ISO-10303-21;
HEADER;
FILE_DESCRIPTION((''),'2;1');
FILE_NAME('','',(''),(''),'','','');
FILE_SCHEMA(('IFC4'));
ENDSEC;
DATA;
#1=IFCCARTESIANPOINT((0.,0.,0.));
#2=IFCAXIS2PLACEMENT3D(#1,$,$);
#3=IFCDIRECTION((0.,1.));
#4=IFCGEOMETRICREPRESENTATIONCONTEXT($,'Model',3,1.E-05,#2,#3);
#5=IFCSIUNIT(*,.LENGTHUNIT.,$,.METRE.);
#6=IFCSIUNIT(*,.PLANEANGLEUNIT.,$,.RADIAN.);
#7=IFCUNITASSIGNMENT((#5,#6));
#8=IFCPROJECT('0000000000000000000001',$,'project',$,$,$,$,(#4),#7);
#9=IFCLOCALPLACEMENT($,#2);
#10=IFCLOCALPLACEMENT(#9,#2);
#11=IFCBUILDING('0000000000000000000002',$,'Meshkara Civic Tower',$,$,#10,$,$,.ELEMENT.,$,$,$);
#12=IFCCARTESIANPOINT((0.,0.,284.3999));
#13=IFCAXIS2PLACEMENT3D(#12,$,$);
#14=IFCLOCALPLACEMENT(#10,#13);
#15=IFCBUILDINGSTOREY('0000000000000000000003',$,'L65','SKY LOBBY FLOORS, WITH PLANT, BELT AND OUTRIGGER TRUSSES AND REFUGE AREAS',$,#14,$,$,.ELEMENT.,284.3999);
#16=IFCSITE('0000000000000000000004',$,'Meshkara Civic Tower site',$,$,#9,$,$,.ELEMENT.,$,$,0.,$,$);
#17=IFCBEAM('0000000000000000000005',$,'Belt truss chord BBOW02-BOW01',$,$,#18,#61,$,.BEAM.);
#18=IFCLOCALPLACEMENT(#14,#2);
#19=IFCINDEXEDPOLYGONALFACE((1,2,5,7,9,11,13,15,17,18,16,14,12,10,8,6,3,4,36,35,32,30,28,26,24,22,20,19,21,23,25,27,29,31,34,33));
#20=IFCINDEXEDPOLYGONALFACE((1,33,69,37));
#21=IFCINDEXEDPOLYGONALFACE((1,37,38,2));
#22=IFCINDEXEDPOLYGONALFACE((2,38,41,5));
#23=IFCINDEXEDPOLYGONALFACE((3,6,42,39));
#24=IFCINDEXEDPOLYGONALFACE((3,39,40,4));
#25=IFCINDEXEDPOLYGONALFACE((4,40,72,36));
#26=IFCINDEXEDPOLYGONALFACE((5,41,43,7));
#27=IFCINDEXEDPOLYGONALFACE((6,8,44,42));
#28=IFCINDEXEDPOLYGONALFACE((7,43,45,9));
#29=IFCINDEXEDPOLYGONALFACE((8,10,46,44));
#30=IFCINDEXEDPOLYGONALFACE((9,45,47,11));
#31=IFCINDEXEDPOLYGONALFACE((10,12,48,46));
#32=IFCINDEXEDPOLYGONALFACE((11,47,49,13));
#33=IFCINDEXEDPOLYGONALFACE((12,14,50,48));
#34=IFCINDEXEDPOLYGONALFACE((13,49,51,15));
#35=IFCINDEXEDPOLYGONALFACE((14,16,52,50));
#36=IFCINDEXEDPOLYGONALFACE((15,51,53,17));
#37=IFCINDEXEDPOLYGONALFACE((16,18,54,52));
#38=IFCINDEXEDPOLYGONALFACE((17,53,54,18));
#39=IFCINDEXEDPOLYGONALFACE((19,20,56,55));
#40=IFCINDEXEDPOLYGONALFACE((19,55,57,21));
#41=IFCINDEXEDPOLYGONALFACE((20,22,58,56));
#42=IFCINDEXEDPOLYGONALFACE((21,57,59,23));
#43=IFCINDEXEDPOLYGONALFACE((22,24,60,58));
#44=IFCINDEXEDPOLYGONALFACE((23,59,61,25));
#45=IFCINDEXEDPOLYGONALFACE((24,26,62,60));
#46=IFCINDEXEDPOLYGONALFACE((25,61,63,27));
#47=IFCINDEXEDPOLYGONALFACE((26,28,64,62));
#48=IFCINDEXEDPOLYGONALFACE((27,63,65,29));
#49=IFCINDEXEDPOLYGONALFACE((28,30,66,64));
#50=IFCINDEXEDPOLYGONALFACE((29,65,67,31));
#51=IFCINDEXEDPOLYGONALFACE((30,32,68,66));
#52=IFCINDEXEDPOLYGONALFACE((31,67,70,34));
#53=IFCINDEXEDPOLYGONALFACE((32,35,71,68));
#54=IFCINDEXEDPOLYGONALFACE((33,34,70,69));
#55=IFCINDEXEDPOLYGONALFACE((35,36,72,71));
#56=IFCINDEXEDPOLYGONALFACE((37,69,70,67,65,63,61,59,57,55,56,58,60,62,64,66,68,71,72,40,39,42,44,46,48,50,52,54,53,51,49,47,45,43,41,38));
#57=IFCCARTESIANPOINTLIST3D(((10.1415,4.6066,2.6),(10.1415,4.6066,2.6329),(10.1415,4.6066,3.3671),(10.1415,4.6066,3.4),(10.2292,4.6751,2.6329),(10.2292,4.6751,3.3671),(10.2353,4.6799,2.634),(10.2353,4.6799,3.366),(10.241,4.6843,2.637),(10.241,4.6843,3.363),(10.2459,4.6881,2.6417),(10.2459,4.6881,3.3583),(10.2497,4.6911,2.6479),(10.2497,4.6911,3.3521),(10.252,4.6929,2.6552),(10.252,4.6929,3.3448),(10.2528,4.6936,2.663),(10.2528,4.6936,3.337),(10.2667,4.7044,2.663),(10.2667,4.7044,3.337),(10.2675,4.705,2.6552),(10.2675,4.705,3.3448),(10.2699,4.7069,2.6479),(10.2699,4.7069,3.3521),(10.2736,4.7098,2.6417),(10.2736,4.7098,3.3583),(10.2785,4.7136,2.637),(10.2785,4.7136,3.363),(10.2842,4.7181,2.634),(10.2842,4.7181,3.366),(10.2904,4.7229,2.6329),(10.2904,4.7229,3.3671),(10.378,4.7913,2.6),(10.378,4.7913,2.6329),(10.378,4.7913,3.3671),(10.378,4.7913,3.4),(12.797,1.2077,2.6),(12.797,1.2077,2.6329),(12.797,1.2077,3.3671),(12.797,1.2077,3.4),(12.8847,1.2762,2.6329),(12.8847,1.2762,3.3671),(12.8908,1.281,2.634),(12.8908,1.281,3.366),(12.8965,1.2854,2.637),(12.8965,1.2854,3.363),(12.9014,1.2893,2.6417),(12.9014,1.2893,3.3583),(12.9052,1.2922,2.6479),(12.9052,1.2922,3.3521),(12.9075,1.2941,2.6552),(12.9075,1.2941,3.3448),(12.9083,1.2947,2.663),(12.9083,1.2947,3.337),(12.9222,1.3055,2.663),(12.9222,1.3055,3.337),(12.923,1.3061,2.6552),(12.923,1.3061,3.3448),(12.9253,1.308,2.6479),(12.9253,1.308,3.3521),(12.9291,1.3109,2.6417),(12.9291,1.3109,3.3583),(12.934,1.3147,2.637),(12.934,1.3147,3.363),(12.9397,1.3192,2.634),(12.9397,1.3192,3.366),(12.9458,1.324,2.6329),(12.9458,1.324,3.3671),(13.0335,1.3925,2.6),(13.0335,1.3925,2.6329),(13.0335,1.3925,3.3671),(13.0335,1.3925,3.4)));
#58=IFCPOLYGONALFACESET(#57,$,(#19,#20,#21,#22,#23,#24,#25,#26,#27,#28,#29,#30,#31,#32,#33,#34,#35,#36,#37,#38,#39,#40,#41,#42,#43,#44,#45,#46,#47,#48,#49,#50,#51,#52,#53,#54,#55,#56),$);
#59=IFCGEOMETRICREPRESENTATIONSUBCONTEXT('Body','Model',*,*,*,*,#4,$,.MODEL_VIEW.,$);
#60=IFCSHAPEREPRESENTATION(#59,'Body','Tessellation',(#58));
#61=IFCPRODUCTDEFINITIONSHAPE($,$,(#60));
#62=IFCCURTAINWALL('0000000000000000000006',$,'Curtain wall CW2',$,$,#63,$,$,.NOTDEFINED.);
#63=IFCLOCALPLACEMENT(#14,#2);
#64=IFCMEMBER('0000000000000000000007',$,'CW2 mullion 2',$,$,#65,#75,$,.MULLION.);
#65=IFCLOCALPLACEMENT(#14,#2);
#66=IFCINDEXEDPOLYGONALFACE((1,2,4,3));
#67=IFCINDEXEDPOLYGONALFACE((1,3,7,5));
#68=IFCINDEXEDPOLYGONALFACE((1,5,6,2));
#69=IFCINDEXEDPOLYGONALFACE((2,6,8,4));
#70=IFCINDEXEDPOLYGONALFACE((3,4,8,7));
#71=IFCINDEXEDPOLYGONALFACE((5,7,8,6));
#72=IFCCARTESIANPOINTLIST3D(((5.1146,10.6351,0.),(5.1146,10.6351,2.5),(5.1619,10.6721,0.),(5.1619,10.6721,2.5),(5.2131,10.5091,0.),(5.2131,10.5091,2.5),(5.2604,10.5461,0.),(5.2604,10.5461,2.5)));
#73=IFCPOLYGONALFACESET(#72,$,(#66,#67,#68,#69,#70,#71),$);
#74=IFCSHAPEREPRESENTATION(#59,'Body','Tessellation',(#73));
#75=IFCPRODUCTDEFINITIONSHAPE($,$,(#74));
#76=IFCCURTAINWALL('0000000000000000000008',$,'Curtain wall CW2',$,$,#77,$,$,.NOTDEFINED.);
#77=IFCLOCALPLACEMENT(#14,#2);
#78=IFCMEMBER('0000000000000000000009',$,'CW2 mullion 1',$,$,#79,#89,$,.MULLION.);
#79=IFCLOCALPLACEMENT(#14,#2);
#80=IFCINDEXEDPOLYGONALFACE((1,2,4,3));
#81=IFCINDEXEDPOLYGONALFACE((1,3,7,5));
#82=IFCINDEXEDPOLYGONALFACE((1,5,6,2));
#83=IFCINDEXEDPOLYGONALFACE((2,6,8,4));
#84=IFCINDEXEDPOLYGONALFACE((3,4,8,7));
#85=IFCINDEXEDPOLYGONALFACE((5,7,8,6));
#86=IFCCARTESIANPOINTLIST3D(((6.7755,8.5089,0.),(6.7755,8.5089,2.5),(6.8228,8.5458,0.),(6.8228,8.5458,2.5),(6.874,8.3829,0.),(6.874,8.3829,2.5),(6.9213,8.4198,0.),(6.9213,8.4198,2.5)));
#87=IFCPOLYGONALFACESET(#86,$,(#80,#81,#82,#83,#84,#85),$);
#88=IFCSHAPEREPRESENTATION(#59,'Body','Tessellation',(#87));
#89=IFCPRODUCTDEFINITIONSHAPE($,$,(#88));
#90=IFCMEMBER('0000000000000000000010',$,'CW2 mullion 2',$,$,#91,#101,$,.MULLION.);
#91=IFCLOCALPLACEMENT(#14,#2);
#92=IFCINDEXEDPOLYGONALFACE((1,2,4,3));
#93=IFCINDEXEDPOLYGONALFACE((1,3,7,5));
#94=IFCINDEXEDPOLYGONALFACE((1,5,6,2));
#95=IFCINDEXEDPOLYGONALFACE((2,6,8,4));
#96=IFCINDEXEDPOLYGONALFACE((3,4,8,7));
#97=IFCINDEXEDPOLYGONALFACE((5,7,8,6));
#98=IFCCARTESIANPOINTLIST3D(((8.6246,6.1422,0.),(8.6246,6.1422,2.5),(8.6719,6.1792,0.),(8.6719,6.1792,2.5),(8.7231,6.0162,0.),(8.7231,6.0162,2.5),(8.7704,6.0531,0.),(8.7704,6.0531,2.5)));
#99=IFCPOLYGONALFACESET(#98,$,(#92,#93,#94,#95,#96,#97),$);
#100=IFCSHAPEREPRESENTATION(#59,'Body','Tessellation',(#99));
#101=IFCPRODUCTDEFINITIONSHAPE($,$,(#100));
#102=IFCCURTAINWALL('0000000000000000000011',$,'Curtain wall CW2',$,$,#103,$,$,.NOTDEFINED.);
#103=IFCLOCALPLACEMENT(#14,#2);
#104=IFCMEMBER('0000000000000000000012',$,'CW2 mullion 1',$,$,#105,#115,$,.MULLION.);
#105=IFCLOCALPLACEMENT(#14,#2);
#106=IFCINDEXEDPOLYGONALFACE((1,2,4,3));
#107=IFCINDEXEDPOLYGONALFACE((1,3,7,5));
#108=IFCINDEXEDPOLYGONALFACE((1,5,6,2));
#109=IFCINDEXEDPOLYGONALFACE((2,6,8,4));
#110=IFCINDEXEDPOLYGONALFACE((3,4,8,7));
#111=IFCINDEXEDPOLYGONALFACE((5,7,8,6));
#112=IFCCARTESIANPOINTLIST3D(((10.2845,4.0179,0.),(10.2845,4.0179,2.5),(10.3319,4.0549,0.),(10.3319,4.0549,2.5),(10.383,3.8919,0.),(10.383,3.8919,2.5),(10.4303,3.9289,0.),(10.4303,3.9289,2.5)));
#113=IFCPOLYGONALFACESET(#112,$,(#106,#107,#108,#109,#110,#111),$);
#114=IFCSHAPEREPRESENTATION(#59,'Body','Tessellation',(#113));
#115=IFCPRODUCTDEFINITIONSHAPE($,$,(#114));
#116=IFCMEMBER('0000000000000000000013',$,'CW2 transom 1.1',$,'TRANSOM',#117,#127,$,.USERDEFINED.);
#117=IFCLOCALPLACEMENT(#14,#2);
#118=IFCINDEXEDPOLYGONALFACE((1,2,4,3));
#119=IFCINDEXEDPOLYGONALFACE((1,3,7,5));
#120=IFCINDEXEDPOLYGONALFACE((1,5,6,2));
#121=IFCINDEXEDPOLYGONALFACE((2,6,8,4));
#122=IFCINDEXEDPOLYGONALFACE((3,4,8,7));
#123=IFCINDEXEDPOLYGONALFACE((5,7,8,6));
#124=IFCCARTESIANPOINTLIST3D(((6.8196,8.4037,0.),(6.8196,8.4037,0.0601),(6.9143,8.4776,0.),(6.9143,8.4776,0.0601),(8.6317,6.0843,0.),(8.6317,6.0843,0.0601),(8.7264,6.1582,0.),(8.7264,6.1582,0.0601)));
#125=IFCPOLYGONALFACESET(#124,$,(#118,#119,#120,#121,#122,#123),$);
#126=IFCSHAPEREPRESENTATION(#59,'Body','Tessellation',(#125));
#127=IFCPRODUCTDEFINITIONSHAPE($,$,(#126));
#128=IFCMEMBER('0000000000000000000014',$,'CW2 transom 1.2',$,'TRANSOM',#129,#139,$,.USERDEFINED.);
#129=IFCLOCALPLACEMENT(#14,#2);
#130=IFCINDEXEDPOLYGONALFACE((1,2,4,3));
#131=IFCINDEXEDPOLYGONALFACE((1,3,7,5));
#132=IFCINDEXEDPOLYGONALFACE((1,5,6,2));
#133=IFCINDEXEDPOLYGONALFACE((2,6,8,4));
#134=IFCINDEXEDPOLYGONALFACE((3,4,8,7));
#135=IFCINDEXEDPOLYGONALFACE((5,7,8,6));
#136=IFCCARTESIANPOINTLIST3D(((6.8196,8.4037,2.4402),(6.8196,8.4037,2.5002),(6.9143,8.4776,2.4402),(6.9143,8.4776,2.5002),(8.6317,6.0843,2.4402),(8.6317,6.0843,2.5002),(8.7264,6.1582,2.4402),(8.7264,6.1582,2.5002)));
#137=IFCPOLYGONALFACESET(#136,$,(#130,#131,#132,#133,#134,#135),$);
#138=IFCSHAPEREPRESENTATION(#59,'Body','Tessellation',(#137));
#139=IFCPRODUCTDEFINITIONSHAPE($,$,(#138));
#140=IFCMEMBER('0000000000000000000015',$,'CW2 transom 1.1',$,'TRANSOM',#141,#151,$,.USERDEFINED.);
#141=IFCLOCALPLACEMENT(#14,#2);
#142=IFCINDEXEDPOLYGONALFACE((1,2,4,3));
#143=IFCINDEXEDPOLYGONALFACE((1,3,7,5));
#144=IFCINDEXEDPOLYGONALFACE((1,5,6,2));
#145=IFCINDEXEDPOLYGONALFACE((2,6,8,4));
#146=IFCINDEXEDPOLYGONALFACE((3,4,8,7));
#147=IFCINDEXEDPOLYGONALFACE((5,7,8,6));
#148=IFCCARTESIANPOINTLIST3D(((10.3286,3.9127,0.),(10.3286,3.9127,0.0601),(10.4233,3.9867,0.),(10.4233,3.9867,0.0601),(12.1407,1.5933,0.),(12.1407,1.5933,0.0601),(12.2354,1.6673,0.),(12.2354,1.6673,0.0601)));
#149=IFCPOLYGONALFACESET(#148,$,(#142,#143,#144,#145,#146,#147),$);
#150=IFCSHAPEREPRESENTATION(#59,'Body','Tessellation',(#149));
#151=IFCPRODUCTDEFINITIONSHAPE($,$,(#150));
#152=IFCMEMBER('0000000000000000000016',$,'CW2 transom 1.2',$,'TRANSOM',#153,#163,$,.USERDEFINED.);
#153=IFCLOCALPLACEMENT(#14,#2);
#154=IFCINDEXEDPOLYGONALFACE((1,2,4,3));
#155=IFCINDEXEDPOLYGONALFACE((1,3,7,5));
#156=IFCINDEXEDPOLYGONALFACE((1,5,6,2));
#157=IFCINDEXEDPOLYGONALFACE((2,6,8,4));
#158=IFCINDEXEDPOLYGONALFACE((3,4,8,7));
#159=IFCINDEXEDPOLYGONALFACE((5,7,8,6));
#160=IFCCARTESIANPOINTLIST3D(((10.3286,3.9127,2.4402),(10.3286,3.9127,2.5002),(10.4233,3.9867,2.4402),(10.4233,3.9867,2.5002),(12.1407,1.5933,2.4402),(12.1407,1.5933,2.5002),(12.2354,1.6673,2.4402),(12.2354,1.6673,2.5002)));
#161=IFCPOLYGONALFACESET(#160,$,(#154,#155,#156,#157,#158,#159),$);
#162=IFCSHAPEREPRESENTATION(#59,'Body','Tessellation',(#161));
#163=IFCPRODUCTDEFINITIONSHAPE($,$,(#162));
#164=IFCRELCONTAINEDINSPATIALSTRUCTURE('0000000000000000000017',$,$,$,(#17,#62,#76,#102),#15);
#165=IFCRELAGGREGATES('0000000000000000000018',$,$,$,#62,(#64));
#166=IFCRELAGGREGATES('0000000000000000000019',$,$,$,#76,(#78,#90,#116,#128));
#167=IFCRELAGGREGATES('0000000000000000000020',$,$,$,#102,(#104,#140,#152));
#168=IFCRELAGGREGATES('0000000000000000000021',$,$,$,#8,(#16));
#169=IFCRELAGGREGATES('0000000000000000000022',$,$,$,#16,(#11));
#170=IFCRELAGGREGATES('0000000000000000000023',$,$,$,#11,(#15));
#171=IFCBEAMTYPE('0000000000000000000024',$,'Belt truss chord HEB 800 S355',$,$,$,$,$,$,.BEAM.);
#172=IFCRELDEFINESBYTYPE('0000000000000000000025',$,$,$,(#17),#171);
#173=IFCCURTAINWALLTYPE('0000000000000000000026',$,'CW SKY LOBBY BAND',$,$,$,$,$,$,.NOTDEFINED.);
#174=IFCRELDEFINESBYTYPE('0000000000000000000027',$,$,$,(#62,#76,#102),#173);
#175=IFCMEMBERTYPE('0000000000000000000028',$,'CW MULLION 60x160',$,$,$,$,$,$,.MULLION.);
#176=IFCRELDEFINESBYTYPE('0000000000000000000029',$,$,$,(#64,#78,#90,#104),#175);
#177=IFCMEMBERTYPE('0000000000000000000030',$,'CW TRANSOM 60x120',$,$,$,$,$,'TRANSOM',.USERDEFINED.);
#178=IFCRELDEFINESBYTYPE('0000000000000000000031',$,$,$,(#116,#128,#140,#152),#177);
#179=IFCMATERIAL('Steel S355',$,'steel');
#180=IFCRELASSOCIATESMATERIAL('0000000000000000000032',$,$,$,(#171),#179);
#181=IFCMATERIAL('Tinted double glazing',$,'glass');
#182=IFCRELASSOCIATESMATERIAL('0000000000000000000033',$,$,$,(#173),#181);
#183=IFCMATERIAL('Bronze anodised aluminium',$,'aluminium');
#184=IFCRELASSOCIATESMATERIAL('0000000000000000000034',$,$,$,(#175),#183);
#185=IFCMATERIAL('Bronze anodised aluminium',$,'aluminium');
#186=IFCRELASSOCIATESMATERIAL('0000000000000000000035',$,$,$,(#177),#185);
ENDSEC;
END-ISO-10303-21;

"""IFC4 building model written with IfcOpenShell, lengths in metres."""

from ifc_helpers import new_model, si_unit, direction, frame, origin, origin_2d, place, context, subcontext, project, spatial, rectangle, i_section, extrude, material, material_profile, profile_set, type_object, element, aggregate, save


model = new_model("IFC4")

# Units and contexts
model_context = context("Model", 3, precision=1e-05, world=origin(), true_north=direction((0.0, 1.0)))
body_context = subcontext(model_context, "Body", "Model", "MODEL_VIEW")
ifc_project = project(units=[si_unit("LENGTHUNIT", "METRE"), si_unit("PLANEANGLEUNIT", "RADIAN")], contexts=[model_context])

# Site, building, storey
site_placement = place(None, origin())
site = spatial("IfcSite", under=ifc_project, at=site_placement, Name="Meshkara Civic Tower site", CompositionType="ELEMENT", RefElevation=0.0)
building_placement = place(site_placement, origin())
building = spatial("IfcBuilding", under=site, at=building_placement, Name="Meshkara Civic Tower", CompositionType="ELEMENT")
storey_placement = place(building_placement, frame((0.0, 0.0, 284.3999)))
storey = spatial("IfcBuildingStorey", under=building, at=storey_placement, Name="L65", Description="SKY LOBBY FLOORS, WITH PLANT, BELT AND OUTRIGGER TRUSSES AND REFUGE AREAS", CompositionType="ELEMENT", Elevation=284.3999)

# Beam
ifc_material_1 = material(Name="Steel S355", Category="steel")
ifc_material_profile_1 = material_profile(ifc_material_1, i_section(OverallWidth=0.3, OverallDepth=0.8, WebThickness=0.0176, FlangeThickness=0.033, FilletRadius=0.03, at=origin_2d()))
ifc_profile_set_1 = profile_set([ifc_material_profile_1], Name="Steel S355")
beam_type = type_object("IfcBeamType", Name="Belt truss chord HEB 800 S355", PredefinedType="BEAM", material=ifc_profile_set_1)
for number, where, z_axis, x_axis, name in (
    (1, (10.2598, 4.699, 3.0), (0.615659, -0.788012, 0.0), (0.788012, 0.615659, 0.0), "Belt truss chord BBOW02-BOW01"),
):
    element("IfcBeam", number, at=place(storey_placement, frame(where, z_axis=z_axis, x_axis=x_axis)), inside=storey, type_object=beam_type, Name=name, PredefinedType="BEAM", context=body_context, shape_type="SweptSolid", body=[
        extrude(i_section(OverallWidth=0.3, OverallDepth=0.8, WebThickness=0.0176, FlangeThickness=0.033, FilletRadius=0.03, at=origin_2d()), origin(), (0.0, 0.0, 1.0), 4.3132),
    ])

# Curtain wall, member
ifc_material_2 = material(Name="Tinted double glazing", Category="glass")
curtain_wall_type = type_object("IfcCurtainWallType", Name="CW SKY LOBBY BAND", PredefinedType="NOTDEFINED", material=ifc_material_2)
curtain_wall_1_placement = place(storey_placement, origin())
curtain_wall_1 = element("IfcCurtainWall", 2, at=curtain_wall_1_placement, inside=storey, type_object=curtain_wall_type, Name="Curtain wall CW2", PredefinedType="NOTDEFINED")
ifc_material_3 = material(Name="Bronze anodised aluminium", Category="aluminium")
ifc_material_profile_2 = material_profile(ifc_material_3, rectangle(XDim=0.0601, YDim=0.1599, at=origin_2d()))
ifc_profile_set_2 = profile_set([ifc_material_profile_2], Name="Bronze anodised aluminium")
member_type_1 = type_object("IfcMemberType", Name="CW MULLION 60x160", PredefinedType="MULLION", material=ifc_profile_set_2)
member_1_placement = place(storey_placement, frame((5.1875, 10.5906, 0.0), z_axis=(0.0, 0.0, 1.0), x_axis=(0.788014, 0.615657, 0.0)))
member_1 = element("IfcMember", 3, at=member_1_placement, type_object=member_type_1, Name="CW2 mullion 2", PredefinedType="MULLION", context=body_context, shape_type="SweptSolid", body=[
    extrude(rectangle(XDim=0.0601, YDim=0.1599, at=origin_2d()), origin(), (0.0, 0.0, 1.0), 2.5),
])
aggregate(curtain_wall_1, [member_1])

# Curtain wall, members
curtain_wall_2_placement = place(storey_placement, origin())
curtain_wall_2 = element("IfcCurtainWall", 4, at=curtain_wall_2_placement, inside=storey, type_object=curtain_wall_type, Name="Curtain wall CW2", PredefinedType="NOTDEFINED")
member_2_placement = place(storey_placement, frame((6.8484, 8.4644, 0.0), z_axis=(0.0, 0.0, 1.0), x_axis=(0.788014, 0.615657, 0.0)))
member_2 = element("IfcMember", 5, at=member_2_placement, type_object=member_type_1, Name="CW2 mullion 1", PredefinedType="MULLION", context=body_context, shape_type="SweptSolid", body=[
    extrude(rectangle(XDim=0.0601, YDim=0.1599, at=origin_2d()), origin(), (0.0, 0.0, 1.0), 2.5),
])
member_3_placement = place(storey_placement, frame((8.6975, 6.0977, 0.0), z_axis=(0.0, 0.0, 1.0), x_axis=(0.788014, 0.615657, 0.0)))
member_3 = element("IfcMember", 6, at=member_3_placement, type_object=member_type_1, Name="CW2 mullion 2", PredefinedType="MULLION", context=body_context, shape_type="SweptSolid", body=[
    extrude(rectangle(XDim=0.0601, YDim=0.1599, at=origin_2d()), origin(), (0.0, 0.0, 1.0), 2.5),
])

# Curtain wall, member
curtain_wall_3_placement = place(storey_placement, origin())
curtain_wall_3 = element("IfcCurtainWall", 7, at=curtain_wall_3_placement, inside=storey, type_object=curtain_wall_type, Name="Curtain wall CW2", PredefinedType="NOTDEFINED")
member_4_placement = place(storey_placement, frame((10.3574, 3.9734, 0.0), z_axis=(0.0, 0.0, 1.0), x_axis=(0.788014, 0.615657, 0.0)))
member_4 = element("IfcMember", 8, at=member_4_placement, type_object=member_type_1, Name="CW2 mullion 1", PredefinedType="MULLION", context=body_context, shape_type="SweptSolid", body=[
    extrude(rectangle(XDim=0.0601, YDim=0.1599, at=origin_2d()), origin(), (0.0, 0.0, 1.0), 2.5),
])

# Members
ifc_material_4 = material(Name="Bronze anodised aluminium", Category="aluminium")
ifc_material_profile_3 = material_profile(ifc_material_4, rectangle(XDim=0.1201, YDim=0.0601, at=origin_2d()))
ifc_profile_set_3 = profile_set([ifc_material_profile_3], Name="Bronze anodised aluminium")
member_type_2 = type_object("IfcMemberType", Name="CW TRANSOM 60x120", ElementType="TRANSOM", PredefinedType="USERDEFINED", material=ifc_profile_set_3)
member_5_placement = place(storey_placement, frame((6.8669, 8.4407, 0.03), z_axis=(0.61565, -0.788019, 0.0), x_axis=(0.788019, 0.61565, 0.0)))
member_5 = element("IfcMember", 9, at=member_5_placement, type_object=member_type_2, Name="CW2 transom 1.1", ObjectType="TRANSOM", PredefinedType="USERDEFINED", context=body_context, shape_type="SweptSolid", body=[
    extrude(rectangle(XDim=0.1201, YDim=0.0601, at=origin_2d()), origin(), (0.0, 0.0, 1.0), 2.9434),
])
member_6_placement = place(storey_placement, frame((6.8669, 8.4407, 2.4702), z_axis=(0.61565, -0.788019, 0.0), x_axis=(0.788019, 0.61565, 0.0)))
member_6 = element("IfcMember", 10, at=member_6_placement, type_object=member_type_2, Name="CW2 transom 1.2", ObjectType="TRANSOM", PredefinedType="USERDEFINED", context=body_context, shape_type="SweptSolid", body=[
    extrude(rectangle(XDim=0.1201, YDim=0.0601, at=origin_2d()), origin(), (0.0, 0.0, 1.0), 2.9434),
])
member_7_placement = place(storey_placement, frame((10.376, 3.9497, 0.03), z_axis=(0.61565, -0.788019, 0.0), x_axis=(0.788019, 0.61565, 0.0)))
member_7 = element("IfcMember", 11, at=member_7_placement, type_object=member_type_2, Name="CW2 transom 1.1", ObjectType="TRANSOM", PredefinedType="USERDEFINED", context=body_context, shape_type="SweptSolid", body=[
    extrude(rectangle(XDim=0.1201, YDim=0.0601, at=origin_2d()), origin(), (0.0, 0.0, 1.0), 2.9434),
])
member_8_placement = place(storey_placement, frame((10.376, 3.9497, 2.4702), z_axis=(0.61565, -0.788019, 0.0), x_axis=(0.788019, 0.61565, 0.0)))
member_8 = element("IfcMember", 12, at=member_8_placement, type_object=member_type_2, Name="CW2 transom 1.2", ObjectType="TRANSOM", PredefinedType="USERDEFINED", context=body_context, shape_type="SweptSolid", body=[
    extrude(rectangle(XDim=0.1201, YDim=0.0601, at=origin_2d()), origin(), (0.0, 0.0, 1.0), 2.9434),
])

aggregate(curtain_wall_2, [member_2, member_3, member_5, member_6])
aggregate(curtain_wall_3, [member_4, member_7, member_8])

save(model, "model.ifc")
